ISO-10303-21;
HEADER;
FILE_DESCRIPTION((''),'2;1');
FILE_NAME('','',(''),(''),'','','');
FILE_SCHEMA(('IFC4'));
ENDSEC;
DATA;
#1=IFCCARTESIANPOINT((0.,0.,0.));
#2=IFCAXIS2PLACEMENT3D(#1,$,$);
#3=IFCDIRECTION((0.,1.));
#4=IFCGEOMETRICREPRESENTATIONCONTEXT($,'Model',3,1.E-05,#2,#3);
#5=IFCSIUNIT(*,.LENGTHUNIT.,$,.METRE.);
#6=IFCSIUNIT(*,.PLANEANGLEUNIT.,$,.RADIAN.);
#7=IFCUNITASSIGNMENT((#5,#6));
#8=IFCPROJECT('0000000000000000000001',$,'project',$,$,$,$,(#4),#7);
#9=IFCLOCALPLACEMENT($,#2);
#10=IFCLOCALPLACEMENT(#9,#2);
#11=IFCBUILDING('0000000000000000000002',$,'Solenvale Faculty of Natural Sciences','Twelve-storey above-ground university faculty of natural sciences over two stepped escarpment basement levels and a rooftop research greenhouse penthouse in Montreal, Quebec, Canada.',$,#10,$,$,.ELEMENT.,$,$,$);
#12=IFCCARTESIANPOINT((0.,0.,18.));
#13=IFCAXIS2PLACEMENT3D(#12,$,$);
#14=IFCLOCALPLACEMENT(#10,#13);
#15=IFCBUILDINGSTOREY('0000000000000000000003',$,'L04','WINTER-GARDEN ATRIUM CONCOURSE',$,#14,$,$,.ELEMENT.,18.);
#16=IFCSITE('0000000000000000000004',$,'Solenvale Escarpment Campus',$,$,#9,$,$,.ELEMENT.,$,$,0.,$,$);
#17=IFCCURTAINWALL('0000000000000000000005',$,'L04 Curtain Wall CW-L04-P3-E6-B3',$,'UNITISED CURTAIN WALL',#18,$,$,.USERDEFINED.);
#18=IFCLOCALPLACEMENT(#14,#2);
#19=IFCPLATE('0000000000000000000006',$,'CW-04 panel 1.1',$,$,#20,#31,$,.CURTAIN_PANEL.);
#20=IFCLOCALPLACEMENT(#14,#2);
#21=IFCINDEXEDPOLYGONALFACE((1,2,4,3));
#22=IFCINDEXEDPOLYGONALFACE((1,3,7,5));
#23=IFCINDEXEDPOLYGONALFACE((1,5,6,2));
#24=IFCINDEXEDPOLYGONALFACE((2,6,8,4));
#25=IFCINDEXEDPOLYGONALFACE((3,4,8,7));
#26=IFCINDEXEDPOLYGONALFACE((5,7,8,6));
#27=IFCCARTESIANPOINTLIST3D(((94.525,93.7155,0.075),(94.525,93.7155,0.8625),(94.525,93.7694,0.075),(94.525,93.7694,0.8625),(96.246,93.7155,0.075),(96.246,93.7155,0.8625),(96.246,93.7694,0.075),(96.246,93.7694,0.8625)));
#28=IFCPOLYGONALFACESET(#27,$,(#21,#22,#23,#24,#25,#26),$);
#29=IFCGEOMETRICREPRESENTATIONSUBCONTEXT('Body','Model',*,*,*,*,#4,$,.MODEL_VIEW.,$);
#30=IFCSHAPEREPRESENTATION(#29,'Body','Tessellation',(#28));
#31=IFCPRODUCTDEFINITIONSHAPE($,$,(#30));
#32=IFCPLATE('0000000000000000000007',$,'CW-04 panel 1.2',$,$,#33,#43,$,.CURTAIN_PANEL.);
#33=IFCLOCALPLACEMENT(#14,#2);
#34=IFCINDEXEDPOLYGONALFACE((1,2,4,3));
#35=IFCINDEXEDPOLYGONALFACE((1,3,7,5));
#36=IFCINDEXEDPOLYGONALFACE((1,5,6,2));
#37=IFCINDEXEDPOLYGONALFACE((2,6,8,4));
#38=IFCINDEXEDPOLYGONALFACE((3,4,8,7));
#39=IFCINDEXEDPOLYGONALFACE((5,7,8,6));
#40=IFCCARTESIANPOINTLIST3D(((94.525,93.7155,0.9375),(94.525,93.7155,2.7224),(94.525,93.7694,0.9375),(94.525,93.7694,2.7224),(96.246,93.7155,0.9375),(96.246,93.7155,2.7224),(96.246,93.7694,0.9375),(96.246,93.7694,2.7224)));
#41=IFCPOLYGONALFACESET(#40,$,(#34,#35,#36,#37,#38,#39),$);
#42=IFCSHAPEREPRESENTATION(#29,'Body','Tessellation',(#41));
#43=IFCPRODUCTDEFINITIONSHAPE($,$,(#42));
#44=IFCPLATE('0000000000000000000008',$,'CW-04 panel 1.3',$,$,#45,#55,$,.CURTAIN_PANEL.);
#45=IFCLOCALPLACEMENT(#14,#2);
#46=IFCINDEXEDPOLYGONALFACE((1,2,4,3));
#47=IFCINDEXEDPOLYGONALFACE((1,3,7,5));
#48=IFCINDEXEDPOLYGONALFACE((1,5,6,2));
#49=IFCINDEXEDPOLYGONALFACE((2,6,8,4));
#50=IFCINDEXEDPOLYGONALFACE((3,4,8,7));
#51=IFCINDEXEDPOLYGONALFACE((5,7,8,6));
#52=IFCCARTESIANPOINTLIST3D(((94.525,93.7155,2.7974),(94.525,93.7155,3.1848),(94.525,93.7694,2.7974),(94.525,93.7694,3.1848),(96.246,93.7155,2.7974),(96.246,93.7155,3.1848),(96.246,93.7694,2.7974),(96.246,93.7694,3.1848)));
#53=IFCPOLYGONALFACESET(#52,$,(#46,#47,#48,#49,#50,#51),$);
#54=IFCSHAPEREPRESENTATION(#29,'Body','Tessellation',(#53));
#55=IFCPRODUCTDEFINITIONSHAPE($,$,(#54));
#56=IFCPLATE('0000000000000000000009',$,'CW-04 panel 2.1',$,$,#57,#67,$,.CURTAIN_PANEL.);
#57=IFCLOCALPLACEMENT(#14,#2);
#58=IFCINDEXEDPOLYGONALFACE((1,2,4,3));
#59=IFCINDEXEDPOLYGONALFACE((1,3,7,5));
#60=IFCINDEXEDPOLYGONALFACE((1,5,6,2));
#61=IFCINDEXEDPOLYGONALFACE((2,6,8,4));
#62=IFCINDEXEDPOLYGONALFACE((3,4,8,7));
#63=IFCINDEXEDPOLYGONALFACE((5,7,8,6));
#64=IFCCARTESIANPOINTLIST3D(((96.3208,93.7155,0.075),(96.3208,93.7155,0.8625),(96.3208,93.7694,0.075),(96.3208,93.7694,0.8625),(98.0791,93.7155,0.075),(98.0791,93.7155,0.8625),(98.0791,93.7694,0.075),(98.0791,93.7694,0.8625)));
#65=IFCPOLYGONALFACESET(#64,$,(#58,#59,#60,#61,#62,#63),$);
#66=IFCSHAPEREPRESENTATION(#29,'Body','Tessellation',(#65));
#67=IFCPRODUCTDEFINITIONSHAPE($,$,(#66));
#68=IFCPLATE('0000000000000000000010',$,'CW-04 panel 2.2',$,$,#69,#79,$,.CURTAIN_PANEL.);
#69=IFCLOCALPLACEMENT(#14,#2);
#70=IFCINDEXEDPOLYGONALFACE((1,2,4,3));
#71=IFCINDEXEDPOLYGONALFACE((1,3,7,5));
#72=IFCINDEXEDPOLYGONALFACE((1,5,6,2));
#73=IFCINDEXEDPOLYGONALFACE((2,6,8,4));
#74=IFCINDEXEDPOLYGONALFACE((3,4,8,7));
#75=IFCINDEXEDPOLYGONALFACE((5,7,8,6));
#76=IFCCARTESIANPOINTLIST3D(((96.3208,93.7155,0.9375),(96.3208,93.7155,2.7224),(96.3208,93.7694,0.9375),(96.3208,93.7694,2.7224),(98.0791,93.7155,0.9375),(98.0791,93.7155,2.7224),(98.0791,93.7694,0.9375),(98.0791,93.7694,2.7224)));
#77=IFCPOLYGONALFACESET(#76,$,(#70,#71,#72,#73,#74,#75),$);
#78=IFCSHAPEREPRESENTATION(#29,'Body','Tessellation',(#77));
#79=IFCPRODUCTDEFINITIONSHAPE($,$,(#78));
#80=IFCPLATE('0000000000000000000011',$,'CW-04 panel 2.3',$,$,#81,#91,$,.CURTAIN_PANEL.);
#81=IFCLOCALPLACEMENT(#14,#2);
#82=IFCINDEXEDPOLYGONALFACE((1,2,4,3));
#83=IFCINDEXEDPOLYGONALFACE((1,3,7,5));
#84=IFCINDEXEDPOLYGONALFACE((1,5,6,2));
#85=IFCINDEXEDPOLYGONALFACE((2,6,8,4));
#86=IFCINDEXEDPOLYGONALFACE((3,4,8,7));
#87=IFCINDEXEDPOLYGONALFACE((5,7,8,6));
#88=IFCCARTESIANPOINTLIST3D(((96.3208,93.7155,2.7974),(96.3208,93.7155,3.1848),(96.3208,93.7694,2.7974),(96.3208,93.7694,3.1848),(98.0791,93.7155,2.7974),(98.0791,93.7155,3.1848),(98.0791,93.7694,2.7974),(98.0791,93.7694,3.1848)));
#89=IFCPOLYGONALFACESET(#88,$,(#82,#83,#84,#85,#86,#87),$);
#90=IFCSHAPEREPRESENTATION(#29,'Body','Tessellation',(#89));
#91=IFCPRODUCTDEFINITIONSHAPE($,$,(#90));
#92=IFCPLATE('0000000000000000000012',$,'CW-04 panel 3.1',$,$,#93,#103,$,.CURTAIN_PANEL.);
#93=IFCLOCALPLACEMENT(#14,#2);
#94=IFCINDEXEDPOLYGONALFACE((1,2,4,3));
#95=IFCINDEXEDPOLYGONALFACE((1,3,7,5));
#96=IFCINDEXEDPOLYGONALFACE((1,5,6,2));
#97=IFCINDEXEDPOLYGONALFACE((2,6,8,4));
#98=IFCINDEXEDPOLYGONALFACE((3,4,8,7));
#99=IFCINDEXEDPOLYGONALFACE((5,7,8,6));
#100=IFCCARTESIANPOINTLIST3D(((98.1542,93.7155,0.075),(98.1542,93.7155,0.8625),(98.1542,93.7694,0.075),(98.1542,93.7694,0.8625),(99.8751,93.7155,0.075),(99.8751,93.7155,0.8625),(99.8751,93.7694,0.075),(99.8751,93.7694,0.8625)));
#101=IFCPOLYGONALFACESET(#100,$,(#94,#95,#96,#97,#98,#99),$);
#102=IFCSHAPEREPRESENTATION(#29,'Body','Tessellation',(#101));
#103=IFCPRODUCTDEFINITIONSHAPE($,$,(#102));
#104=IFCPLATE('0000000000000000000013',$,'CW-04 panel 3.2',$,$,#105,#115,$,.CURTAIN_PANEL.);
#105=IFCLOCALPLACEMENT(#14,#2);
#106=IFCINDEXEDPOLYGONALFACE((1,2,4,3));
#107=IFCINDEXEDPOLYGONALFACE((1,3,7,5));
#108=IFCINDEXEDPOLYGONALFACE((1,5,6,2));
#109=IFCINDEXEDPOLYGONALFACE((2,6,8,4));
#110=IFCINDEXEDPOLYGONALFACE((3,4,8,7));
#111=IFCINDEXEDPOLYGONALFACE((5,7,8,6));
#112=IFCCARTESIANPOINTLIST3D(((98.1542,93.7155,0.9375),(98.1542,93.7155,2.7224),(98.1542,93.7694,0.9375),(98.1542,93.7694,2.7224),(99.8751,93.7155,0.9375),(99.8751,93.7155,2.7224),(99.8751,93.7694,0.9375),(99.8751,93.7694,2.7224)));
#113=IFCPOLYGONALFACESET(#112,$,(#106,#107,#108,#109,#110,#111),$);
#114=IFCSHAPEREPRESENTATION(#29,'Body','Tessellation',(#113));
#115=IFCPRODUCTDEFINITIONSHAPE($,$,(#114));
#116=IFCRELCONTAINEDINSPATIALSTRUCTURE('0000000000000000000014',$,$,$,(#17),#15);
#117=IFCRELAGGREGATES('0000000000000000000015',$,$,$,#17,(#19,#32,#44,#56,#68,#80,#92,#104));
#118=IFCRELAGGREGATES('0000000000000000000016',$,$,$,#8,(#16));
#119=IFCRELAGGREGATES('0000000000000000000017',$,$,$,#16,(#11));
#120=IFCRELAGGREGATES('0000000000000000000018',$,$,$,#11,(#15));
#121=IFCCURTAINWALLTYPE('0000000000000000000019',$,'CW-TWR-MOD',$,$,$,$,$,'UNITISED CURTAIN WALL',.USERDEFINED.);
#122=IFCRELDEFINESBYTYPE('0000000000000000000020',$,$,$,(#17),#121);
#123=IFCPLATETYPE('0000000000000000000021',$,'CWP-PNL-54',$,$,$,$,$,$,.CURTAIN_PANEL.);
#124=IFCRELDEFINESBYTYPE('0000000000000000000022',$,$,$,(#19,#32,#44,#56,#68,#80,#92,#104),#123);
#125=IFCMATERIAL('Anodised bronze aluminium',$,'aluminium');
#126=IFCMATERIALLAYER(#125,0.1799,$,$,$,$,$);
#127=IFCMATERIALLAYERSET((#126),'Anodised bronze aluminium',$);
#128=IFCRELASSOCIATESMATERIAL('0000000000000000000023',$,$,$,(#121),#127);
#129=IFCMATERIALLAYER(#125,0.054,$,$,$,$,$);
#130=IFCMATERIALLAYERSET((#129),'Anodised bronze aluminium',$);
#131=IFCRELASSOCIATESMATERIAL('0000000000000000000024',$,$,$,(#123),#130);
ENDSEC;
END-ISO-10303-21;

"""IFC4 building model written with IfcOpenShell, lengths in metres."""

from ifc_helpers import new_model, si_unit, direction, frame, origin, origin_2d, place, context, subcontext, project, spatial, rectangle, extrude, material, layer, layer_set, type_object, element, aggregate, save


model = new_model("IFC4")

# Units and contexts
model_context = context("Model", 3, precision=1e-05, world=origin(), true_north=direction((0.0, 1.0)))
body_context = subcontext(model_context, "Body", "Model", "MODEL_VIEW")
ifc_project = project(units=[si_unit("LENGTHUNIT", "METRE"), si_unit("PLANEANGLEUNIT", "RADIAN")], contexts=[model_context])

# Site, building, storey
site_placement = place(None, origin())
site = spatial("IfcSite", under=ifc_project, at=site_placement, Name="Solenvale Escarpment Campus", CompositionType="ELEMENT", RefElevation=0.0)
building_placement = place(site_placement, origin())
building = spatial("IfcBuilding", under=site, at=building_placement, Name="Solenvale Faculty of Natural Sciences", Description="Twelve-storey above-ground university faculty of natural sciences over two stepped escarpment basement levels and a rooftop research greenhouse penthouse in Montreal, Quebec, Canada.", CompositionType="ELEMENT")
storey_placement = place(building_placement, frame((0.0, 0.0, 18.0)))
storey = spatial("IfcBuildingStorey", under=building, at=storey_placement, Name="L04", Description="WINTER-GARDEN ATRIUM CONCOURSE", CompositionType="ELEMENT", Elevation=18.0)

# Curtain wall, plates
ifc_material = material(Name="Anodised bronze aluminium", Category="aluminium")
ifc_layer_1 = layer(ifc_material, 0.1799)
ifc_layer_set_1 = layer_set([ifc_layer_1], Name="Anodised bronze aluminium")
curtain_wall_type = type_object("IfcCurtainWallType", Name="CW-TWR-MOD", ElementType="UNITISED CURTAIN WALL", PredefinedType="USERDEFINED", material=ifc_layer_set_1)
curtain_wall_placement = place(storey_placement, origin())
curtain_wall = element("IfcCurtainWall", 1, at=curtain_wall_placement, inside=storey, type_object=curtain_wall_type, Name="L04 Curtain Wall CW-L04-P3-E6-B3", ObjectType="UNITISED CURTAIN WALL", PredefinedType="USERDEFINED")
ifc_layer_2 = layer(ifc_material, 0.054)
ifc_layer_set_2 = layer_set([ifc_layer_2], Name="Anodised bronze aluminium")
plate_type = type_object("IfcPlateType", Name="CWP-PNL-54", PredefinedType="CURTAIN_PANEL", material=ifc_layer_set_2)
plate_1_placement = place(storey_placement, frame((95.3855, 93.7424, 0.075), z_axis=(0.0, 0.0, 1.0), x_axis=(1.0, 0.0, 0.0)))
plate_1 = element("IfcPlate", 2, at=plate_1_placement, type_object=plate_type, Name="CW-04 panel 1.1", PredefinedType="CURTAIN_PANEL", context=body_context, shape_type="SweptSolid", body=[
    extrude(rectangle(XDim=1.7209, YDim=0.054, at=origin_2d()), origin(), (0.0, 0.0, 1.0), 0.7876),
])
plate_2_placement = place(storey_placement, frame((95.3855, 93.7424, 0.9375), z_axis=(0.0, 0.0, 1.0), x_axis=(1.0, 0.0, 0.0)))
plate_2 = element("IfcPlate", 3, at=plate_2_placement, type_object=plate_type, Name="CW-04 panel 1.2", PredefinedType="CURTAIN_PANEL", context=body_context, shape_type="SweptSolid", body=[
    extrude(rectangle(XDim=1.7209, YDim=0.054, at=origin_2d()), origin(), (0.0, 0.0, 1.0), 1.7849),
])
plate_3_placement = place(storey_placement, frame((95.3855, 93.7424, 2.7974), z_axis=(0.0, 0.0, 1.0), x_axis=(1.0, 0.0, 0.0)))
plate_3 = element("IfcPlate", 4, at=plate_3_placement, type_object=plate_type, Name="CW-04 panel 1.3", PredefinedType="CURTAIN_PANEL", context=body_context, shape_type="SweptSolid", body=[
    extrude(rectangle(XDim=1.7209, YDim=0.054, at=origin_2d()), origin(), (0.0, 0.0, 1.0), 0.3875),
])
plate_4_placement = place(storey_placement, frame((97.2, 93.7424, 0.075), z_axis=(0.0, 0.0, 1.0), x_axis=(1.0, 0.0, 0.0)))
plate_4 = element("IfcPlate", 5, at=plate_4_placement, type_object=plate_type, Name="CW-04 panel 2.1", PredefinedType="CURTAIN_PANEL", context=body_context, shape_type="SweptSolid", body=[
    extrude(rectangle(XDim=1.7583, YDim=0.054, at=origin_2d()), origin(), (0.0, 0.0, 1.0), 0.7876),
])
plate_5_placement = place(storey_placement, frame((97.2, 93.7424, 0.9375), z_axis=(0.0, 0.0, 1.0), x_axis=(1.0, 0.0, 0.0)))
plate_5 = element("IfcPlate", 6, at=plate_5_placement, type_object=plate_type, Name="CW-04 panel 2.2", PredefinedType="CURTAIN_PANEL", context=body_context, shape_type="SweptSolid", body=[
    extrude(rectangle(XDim=1.7583, YDim=0.054, at=origin_2d()), origin(), (0.0, 0.0, 1.0), 1.7849),
])
plate_6_placement = place(storey_placement, frame((97.2, 93.7424, 2.7974), z_axis=(0.0, 0.0, 1.0), x_axis=(1.0, 0.0, 0.0)))
plate_6 = element("IfcPlate", 7, at=plate_6_placement, type_object=plate_type, Name="CW-04 panel 2.3", PredefinedType="CURTAIN_PANEL", context=body_context, shape_type="SweptSolid", body=[
    extrude(rectangle(XDim=1.7583, YDim=0.054, at=origin_2d()), origin(), (0.0, 0.0, 1.0), 0.3875),
])
plate_7_placement = place(storey_placement, frame((99.0146, 93.7424, 0.075), z_axis=(0.0, 0.0, 1.0), x_axis=(1.0, 0.0, 0.0)))
plate_7 = element("IfcPlate", 8, at=plate_7_placement, type_object=plate_type, Name="CW-04 panel 3.1", PredefinedType="CURTAIN_PANEL", context=body_context, shape_type="SweptSolid", body=[
    extrude(rectangle(XDim=1.7209, YDim=0.054, at=origin_2d()), origin(), (0.0, 0.0, 1.0), 0.7876),
])
plate_8_placement = place(storey_placement, frame((99.0146, 93.7424, 0.9375), z_axis=(0.0, 0.0, 1.0), x_axis=(1.0, 0.0, 0.0)))
plate_8 = element("IfcPlate", 9, at=plate_8_placement, type_object=plate_type, Name="CW-04 panel 3.2", PredefinedType="CURTAIN_PANEL", context=body_context, shape_type="SweptSolid", body=[
    extrude(rectangle(XDim=1.7209, YDim=0.054, at=origin_2d()), origin(), (0.0, 0.0, 1.0), 1.7849),
])
aggregate(curtain_wall, [plate_1, plate_2, plate_3, plate_4, plate_5, plate_6, plate_7, plate_8])

save(model, "model.ifc")
